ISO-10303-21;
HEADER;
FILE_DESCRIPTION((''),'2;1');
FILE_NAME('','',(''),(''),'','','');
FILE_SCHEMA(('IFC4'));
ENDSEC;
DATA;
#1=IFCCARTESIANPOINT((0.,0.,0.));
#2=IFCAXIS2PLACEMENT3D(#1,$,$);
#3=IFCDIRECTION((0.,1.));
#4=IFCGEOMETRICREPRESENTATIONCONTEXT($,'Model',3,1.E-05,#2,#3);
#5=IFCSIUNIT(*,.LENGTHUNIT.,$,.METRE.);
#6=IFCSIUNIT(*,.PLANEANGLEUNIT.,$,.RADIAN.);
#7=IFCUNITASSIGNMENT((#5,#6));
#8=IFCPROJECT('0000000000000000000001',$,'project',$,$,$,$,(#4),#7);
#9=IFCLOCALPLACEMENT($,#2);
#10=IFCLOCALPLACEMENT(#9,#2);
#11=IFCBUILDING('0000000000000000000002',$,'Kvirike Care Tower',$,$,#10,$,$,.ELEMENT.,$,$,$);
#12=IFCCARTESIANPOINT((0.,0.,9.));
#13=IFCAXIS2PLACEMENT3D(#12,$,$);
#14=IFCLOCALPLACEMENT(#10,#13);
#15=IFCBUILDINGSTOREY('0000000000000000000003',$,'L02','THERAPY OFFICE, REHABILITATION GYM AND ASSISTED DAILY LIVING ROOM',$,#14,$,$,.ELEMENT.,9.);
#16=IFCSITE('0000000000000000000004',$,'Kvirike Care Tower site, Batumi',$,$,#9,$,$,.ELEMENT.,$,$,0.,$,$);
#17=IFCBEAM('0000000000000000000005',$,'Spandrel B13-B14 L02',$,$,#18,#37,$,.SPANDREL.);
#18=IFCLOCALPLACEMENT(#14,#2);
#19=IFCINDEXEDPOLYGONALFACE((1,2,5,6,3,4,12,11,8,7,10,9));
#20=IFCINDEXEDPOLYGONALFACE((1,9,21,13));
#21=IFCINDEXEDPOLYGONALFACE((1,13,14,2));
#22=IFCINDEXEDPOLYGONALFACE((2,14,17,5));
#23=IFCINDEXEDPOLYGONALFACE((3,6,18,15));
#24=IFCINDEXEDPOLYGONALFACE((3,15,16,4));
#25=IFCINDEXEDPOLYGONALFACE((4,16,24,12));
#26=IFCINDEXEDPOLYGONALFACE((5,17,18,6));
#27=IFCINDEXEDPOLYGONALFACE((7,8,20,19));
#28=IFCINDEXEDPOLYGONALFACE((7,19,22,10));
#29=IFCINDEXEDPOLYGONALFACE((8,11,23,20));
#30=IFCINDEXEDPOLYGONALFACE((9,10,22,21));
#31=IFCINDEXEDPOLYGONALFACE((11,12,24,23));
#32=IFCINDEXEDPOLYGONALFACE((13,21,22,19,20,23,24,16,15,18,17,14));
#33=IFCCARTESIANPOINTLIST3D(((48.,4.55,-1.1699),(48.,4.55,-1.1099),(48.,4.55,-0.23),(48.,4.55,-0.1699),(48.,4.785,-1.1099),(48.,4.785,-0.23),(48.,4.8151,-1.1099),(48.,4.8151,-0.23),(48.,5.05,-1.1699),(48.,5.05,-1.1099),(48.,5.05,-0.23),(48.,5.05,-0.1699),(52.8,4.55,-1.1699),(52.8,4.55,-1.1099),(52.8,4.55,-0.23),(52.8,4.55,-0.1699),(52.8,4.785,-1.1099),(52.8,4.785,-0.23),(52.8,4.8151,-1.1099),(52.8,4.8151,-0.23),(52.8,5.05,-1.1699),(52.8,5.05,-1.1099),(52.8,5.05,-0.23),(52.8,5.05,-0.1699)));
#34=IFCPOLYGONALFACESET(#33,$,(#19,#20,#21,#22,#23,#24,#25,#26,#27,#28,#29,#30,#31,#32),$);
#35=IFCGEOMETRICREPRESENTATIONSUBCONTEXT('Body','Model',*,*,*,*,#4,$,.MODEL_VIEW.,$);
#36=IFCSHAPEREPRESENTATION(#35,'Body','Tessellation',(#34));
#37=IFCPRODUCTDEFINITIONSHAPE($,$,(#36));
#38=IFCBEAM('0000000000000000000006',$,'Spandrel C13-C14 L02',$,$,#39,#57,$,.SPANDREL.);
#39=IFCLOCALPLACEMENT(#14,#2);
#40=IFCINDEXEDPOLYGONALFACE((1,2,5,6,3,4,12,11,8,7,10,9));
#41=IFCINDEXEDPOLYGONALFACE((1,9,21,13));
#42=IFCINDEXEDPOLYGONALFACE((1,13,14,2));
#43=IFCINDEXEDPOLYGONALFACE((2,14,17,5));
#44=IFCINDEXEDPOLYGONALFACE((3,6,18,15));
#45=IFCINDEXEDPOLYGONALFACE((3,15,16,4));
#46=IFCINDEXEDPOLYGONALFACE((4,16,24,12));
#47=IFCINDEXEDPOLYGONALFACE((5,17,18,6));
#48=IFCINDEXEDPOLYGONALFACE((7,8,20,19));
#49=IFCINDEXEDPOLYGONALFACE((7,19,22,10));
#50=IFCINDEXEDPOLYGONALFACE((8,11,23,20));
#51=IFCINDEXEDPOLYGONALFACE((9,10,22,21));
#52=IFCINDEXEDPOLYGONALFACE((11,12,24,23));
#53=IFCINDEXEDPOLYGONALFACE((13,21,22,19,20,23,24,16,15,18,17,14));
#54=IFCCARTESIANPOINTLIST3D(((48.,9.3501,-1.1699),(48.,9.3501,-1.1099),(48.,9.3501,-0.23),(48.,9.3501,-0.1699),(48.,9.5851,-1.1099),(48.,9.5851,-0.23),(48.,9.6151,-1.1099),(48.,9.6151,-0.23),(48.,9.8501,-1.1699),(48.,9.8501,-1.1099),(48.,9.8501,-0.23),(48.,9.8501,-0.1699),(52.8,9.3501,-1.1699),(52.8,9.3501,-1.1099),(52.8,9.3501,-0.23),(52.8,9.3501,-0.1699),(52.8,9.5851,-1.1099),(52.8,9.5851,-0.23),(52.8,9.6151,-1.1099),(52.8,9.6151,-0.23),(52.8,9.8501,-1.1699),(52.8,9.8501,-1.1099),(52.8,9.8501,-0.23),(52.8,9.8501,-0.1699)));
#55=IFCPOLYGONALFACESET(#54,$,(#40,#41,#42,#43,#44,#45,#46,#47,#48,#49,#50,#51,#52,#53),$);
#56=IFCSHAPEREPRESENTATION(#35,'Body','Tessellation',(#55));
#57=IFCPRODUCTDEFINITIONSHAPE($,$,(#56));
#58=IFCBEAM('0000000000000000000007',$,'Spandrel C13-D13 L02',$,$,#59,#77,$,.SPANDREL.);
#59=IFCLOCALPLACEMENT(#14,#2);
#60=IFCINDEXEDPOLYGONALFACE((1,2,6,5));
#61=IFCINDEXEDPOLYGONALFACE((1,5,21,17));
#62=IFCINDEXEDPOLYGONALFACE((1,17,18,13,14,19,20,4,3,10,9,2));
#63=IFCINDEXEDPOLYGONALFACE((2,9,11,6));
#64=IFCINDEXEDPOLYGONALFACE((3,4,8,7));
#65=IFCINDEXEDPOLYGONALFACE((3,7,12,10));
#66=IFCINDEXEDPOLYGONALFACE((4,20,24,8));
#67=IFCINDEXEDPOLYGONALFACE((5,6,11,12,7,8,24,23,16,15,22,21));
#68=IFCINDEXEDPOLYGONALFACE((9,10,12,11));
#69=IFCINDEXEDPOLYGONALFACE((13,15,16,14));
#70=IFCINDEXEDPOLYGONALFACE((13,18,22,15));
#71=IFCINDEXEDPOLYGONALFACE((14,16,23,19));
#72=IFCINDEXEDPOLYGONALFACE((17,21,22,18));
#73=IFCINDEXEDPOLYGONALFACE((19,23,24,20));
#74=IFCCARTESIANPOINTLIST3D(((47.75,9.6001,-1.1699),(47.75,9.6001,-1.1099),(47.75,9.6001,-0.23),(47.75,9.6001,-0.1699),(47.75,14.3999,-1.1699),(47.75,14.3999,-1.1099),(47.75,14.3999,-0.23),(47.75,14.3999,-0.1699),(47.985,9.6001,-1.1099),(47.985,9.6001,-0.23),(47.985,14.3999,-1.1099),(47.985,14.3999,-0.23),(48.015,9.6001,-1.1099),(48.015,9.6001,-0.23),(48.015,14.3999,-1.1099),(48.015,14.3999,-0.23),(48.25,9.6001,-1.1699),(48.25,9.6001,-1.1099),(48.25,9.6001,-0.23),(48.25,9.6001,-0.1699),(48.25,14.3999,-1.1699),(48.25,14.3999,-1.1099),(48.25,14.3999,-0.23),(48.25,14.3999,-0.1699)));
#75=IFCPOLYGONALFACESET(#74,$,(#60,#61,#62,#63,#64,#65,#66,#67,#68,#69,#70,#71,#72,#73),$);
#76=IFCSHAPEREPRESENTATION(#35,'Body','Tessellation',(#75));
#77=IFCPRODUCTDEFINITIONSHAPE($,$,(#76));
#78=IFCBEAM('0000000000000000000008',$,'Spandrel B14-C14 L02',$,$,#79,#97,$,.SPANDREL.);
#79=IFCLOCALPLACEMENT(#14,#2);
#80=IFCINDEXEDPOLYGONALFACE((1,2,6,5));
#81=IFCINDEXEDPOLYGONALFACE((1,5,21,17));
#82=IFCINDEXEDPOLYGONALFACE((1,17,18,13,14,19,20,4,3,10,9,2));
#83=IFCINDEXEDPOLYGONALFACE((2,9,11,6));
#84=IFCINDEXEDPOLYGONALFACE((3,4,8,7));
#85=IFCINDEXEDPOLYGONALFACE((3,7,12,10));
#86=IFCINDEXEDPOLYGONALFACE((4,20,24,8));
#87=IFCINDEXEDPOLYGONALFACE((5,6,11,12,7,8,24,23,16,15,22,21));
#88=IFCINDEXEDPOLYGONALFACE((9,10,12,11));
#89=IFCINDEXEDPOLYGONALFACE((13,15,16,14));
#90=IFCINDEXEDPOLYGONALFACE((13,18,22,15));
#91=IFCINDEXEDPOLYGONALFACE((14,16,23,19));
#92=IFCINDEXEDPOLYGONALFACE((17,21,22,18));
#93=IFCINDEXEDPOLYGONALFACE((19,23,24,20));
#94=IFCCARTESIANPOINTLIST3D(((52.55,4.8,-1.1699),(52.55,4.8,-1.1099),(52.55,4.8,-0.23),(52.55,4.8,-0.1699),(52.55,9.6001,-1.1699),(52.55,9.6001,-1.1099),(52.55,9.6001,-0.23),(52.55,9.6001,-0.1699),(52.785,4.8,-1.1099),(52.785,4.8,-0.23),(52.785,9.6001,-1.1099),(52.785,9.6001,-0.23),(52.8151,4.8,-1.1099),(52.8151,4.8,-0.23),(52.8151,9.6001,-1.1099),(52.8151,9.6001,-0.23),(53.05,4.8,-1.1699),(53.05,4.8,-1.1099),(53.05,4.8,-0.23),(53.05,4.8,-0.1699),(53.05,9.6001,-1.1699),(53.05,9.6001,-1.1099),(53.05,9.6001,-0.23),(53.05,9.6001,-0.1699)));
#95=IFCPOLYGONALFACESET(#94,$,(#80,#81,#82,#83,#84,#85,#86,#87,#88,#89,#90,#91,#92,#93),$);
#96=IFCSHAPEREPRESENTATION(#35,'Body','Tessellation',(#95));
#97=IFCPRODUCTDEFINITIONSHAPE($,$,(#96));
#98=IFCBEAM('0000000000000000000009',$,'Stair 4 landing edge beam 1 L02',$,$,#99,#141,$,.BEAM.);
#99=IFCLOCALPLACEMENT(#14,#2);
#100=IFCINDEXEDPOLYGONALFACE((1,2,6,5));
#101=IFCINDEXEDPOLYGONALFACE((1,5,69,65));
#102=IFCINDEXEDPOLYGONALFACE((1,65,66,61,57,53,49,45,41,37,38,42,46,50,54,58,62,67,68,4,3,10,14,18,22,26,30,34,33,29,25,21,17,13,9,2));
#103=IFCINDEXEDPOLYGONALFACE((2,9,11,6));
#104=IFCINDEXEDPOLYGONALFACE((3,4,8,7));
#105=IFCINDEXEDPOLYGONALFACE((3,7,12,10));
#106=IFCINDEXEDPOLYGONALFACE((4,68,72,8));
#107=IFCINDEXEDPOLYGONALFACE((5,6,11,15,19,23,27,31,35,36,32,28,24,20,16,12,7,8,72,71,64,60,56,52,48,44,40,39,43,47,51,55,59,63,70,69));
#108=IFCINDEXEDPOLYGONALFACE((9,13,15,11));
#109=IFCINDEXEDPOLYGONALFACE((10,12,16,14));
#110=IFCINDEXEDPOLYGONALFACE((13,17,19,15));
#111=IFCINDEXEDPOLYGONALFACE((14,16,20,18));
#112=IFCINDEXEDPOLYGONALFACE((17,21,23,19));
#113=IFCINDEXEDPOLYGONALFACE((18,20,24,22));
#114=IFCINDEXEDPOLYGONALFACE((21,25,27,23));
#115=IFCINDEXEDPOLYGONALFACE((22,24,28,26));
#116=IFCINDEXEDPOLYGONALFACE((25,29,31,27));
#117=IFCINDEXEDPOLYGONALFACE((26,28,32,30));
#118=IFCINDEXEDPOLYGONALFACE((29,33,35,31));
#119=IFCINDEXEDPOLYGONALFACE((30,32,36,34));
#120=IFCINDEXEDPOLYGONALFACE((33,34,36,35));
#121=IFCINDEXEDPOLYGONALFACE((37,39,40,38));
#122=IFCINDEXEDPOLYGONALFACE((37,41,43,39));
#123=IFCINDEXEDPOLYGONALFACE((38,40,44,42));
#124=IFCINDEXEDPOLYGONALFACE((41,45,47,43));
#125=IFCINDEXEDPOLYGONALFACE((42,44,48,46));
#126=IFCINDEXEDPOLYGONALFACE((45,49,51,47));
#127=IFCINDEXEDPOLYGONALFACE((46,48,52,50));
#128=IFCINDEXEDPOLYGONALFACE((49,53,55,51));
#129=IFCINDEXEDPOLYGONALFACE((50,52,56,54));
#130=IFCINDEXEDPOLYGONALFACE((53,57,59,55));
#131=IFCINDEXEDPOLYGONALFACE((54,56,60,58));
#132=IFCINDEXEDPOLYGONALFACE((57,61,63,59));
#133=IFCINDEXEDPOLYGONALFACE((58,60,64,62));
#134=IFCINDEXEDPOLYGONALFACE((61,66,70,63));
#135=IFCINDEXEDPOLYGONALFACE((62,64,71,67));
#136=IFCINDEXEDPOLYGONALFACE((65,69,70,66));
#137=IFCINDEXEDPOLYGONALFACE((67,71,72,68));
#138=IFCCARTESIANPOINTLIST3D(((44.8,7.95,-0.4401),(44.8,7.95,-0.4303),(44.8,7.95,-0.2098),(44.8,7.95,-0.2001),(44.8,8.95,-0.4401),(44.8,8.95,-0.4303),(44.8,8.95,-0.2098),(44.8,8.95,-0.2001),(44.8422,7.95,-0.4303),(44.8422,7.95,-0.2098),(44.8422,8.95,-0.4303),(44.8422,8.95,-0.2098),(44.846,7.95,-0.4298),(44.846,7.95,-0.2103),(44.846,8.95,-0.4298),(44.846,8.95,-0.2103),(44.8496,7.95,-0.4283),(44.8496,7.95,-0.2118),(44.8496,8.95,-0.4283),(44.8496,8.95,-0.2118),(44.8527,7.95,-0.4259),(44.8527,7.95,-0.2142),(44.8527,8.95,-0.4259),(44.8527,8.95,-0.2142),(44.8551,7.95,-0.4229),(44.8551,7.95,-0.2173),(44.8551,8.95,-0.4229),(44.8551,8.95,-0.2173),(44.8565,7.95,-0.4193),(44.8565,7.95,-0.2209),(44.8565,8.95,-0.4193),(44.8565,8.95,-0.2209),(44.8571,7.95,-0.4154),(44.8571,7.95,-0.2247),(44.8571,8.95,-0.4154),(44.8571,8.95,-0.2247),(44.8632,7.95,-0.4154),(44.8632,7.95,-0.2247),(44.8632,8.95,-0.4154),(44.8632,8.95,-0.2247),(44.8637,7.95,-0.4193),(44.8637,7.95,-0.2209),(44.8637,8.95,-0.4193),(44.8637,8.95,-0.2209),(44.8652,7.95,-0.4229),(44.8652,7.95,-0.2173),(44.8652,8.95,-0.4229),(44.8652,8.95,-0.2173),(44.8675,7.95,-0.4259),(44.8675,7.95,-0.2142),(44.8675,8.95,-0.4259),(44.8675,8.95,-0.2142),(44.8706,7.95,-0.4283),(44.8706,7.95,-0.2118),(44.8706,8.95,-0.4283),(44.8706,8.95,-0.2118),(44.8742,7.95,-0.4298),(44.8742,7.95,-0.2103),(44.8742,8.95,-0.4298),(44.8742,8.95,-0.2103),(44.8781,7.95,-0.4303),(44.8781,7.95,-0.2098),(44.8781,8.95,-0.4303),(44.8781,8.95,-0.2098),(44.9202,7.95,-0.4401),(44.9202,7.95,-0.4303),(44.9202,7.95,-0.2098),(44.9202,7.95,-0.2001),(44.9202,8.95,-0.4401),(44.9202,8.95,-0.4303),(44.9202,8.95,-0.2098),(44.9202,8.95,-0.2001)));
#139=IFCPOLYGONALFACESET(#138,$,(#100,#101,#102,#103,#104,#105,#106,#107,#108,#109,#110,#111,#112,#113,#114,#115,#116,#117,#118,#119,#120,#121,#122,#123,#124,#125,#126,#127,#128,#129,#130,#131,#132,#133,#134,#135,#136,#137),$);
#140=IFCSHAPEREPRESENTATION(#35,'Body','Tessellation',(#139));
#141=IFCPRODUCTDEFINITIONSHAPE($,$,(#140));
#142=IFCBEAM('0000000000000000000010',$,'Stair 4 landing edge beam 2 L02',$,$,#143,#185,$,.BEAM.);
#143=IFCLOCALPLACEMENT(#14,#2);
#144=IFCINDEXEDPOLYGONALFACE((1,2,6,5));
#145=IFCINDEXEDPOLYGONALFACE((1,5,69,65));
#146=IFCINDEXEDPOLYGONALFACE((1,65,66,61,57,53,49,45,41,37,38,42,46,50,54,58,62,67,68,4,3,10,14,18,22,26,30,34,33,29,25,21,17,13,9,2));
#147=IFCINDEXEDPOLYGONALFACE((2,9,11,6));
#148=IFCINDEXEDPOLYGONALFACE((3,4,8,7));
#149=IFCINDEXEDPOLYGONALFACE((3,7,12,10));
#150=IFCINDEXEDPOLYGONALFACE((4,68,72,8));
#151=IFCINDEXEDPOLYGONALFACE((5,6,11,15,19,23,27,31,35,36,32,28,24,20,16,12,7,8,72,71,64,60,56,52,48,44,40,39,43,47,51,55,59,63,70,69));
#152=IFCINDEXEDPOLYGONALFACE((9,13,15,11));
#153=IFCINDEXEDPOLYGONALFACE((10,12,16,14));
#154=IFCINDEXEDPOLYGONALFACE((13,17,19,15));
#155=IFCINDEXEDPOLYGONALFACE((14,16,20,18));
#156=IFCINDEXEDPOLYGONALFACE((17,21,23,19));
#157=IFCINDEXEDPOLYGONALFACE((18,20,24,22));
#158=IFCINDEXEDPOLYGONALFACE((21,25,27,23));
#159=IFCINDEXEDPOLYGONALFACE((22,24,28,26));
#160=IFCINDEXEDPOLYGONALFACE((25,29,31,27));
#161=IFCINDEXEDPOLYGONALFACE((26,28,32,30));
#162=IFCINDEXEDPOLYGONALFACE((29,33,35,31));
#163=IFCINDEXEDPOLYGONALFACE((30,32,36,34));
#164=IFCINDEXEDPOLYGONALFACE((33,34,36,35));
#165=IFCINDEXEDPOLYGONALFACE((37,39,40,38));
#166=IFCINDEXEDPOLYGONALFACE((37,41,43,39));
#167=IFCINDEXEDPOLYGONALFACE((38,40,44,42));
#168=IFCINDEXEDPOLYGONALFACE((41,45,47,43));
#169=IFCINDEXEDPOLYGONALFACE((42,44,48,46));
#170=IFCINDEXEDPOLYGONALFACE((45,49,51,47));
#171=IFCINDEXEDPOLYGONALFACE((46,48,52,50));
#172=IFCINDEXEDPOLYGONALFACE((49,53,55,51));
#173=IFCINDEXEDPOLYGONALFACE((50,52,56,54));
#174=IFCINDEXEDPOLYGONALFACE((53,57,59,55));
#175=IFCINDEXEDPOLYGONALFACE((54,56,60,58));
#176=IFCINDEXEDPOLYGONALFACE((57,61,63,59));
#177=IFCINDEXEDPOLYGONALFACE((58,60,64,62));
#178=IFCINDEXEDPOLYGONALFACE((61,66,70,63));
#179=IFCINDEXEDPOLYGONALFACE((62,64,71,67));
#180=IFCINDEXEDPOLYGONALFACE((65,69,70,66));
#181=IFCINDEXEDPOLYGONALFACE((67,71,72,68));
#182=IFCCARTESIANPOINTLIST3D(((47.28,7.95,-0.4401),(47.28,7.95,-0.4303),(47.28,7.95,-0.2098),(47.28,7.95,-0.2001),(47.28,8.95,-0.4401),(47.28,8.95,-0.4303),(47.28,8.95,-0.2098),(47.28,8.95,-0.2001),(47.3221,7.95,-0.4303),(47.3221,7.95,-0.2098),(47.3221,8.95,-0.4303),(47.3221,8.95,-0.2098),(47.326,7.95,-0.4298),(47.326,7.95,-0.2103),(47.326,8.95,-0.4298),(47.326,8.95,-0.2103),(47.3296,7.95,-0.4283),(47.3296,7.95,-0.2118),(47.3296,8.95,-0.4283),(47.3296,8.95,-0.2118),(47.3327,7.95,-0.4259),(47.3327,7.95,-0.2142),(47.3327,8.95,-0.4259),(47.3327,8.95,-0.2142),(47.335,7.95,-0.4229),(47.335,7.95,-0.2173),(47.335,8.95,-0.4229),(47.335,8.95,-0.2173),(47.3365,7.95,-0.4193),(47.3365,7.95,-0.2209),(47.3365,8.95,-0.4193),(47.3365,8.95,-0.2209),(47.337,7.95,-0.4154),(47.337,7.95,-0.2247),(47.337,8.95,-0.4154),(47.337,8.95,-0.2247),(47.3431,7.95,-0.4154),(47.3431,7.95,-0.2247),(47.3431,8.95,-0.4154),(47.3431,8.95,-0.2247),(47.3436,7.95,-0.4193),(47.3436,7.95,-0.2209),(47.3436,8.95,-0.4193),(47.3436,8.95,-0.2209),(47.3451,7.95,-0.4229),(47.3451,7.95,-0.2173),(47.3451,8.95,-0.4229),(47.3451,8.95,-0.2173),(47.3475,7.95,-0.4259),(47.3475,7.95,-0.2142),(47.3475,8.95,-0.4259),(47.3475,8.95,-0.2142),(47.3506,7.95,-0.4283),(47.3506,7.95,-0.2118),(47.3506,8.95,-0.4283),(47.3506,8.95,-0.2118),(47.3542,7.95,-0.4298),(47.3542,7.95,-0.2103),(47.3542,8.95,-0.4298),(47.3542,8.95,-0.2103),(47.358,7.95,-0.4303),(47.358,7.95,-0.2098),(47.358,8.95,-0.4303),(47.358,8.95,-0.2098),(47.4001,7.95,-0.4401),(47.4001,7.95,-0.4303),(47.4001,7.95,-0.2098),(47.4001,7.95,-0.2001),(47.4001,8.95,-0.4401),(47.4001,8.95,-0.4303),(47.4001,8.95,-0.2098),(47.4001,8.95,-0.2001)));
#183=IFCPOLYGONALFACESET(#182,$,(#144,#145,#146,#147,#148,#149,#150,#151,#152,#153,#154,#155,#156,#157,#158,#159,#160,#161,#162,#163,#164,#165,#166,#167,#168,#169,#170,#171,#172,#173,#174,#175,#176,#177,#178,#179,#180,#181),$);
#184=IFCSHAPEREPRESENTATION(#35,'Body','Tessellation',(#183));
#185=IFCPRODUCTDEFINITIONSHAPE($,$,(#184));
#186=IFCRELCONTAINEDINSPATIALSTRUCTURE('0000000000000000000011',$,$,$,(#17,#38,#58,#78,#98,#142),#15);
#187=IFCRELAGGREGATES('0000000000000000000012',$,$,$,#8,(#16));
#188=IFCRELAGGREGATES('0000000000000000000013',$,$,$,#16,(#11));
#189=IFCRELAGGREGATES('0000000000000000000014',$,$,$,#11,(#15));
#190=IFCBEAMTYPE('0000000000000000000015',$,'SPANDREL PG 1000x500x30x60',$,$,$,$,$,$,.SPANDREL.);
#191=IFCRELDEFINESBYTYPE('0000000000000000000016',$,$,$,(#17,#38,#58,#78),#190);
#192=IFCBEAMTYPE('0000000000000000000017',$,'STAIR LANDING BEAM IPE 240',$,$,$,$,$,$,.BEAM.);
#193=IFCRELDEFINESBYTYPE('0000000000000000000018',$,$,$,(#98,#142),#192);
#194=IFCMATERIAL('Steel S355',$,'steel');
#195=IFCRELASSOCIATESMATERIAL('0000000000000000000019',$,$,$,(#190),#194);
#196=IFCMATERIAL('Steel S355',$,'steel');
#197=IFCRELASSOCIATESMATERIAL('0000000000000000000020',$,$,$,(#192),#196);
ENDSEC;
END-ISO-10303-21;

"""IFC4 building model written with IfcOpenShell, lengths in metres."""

from ifc_helpers import new_model, si_unit, direction, frame, origin, origin_2d, place, context, subcontext, project, spatial, i_section, extrude, material, material_profile, profile_set, type_object, element, save


model = new_model("IFC4")

# Units and contexts
model_context = context("Model", 3, precision=1e-05, world=origin(), true_north=direction((0.0, 1.0)))
body_context = subcontext(model_context, "Body", "Model", "MODEL_VIEW")
ifc_project = project(units=[si_unit("LENGTHUNIT", "METRE"), si_unit("PLANEANGLEUNIT", "RADIAN")], contexts=[model_context])

# Site, building, storey
site_placement = place(None, origin())
site = spatial("IfcSite", under=ifc_project, at=site_placement, Name="Kvirike Care Tower site, Batumi", CompositionType="ELEMENT", RefElevation=0.0)
building_placement = place(site_placement, origin())
building = spatial("IfcBuilding", under=site, at=building_placement, Name="Kvirike Care Tower", CompositionType="ELEMENT")
storey_placement = place(building_placement, frame((0.0, 0.0, 9.0)))
storey = spatial("IfcBuildingStorey", under=building, at=storey_placement, Name="L02", Description="THERAPY OFFICE, REHABILITATION GYM AND ASSISTED DAILY LIVING ROOM", CompositionType="ELEMENT", Elevation=9.0)

# Beams
ifc_material_1 = material(Name="Steel S355", Category="steel")
ifc_material_profile_1 = material_profile(ifc_material_1, i_section(OverallWidth=0.5, OverallDepth=1.0, WebThickness=0.03, FlangeThickness=0.0601, at=origin_2d()), Name="PG 1000x500x30x60")
ifc_profile_set_1 = profile_set([ifc_material_profile_1], Name="Steel S355")
beam_type_1 = type_object("IfcBeamType", Name="SPANDREL PG 1000x500x30x60", PredefinedType="SPANDREL", material=ifc_profile_set_1)
for number, where, z_axis, x_axis, name in (
    (1, (48.0, 4.8, -0.6699), (1.0, 0.0, 0.0), (0.0, 1.0, 0.0), "Spandrel B13-B14 L02"),
    (2, (48.0, 9.6001, -0.6699), (1.0, 0.0, 0.0), (0.0, 1.0, 0.0), "Spandrel C13-C14 L02"),
):
    element("IfcBeam", number, at=place(storey_placement, frame(where, z_axis=z_axis, x_axis=x_axis)), inside=storey, type_object=beam_type_1, Name=name, PredefinedType="SPANDREL", context=body_context, shape_type="SweptSolid", body=[
        extrude(i_section(OverallWidth=0.5, OverallDepth=1.0, WebThickness=0.03, FlangeThickness=0.0601, at=origin_2d()), origin(), (0.0, 0.0, 1.0), 4.8),
    ])
beam_1_placement = place(storey_placement, frame((48.0, 9.6001, -0.6699), z_axis=(0.0, 1.0, 0.0), x_axis=(-1.0, 0.0, 0.0)))
element("IfcBeam", 3, at=beam_1_placement, inside=storey, type_object=beam_type_1, Name="Spandrel C13-D13 L02", PredefinedType="SPANDREL", context=body_context, shape_type="SweptSolid", body=[
    extrude(i_section(OverallWidth=0.5, OverallDepth=1.0, WebThickness=0.03, FlangeThickness=0.0601, at=origin_2d()), origin(), (0.0, 0.0, 1.0), 4.7998),
])
beam_2_placement = place(storey_placement, frame((52.8, 4.8, -0.6699), z_axis=(0.0, 1.0, 0.0), x_axis=(-1.0, 0.0, 0.0)))
element("IfcBeam", 4, at=beam_2_placement, inside=storey, type_object=beam_type_1, Name="Spandrel B14-C14 L02", PredefinedType="SPANDREL", context=body_context, shape_type="SweptSolid", body=[
    extrude(i_section(OverallWidth=0.5, OverallDepth=1.0, WebThickness=0.03, FlangeThickness=0.0601, at=origin_2d()), origin(), (0.0, 0.0, 1.0), 4.8),
])
ifc_material_2 = material(Name="Steel S355", Category="steel")
ifc_material_profile_2 = material_profile(ifc_material_2, i_section(OverallWidth=0.1201, OverallDepth=0.24, WebThickness=0.0061, FlangeThickness=0.0098, FilletRadius=0.0149, at=origin_2d()), Name="IPE 240")
ifc_profile_set_2 = profile_set([ifc_material_profile_2], Name="Steel S355")
beam_type_2 = type_object("IfcBeamType", Name="STAIR LANDING BEAM IPE 240", PredefinedType="BEAM", material=ifc_profile_set_2)
for number, where, z_axis, x_axis, name in (
    (5, (44.8601, 8.95, -0.3201), (0.0, -1.0, 0.0), (1.0, 0.0, 0.0), "Stair 4 landing edge beam 1 L02"),
    (6, (47.3401, 8.95, -0.3201), (0.0, -1.0, 0.0), (1.0, 0.0, 0.0), "Stair 4 landing edge beam 2 L02"),
):
    element("IfcBeam", number, at=place(storey_placement, frame(where, z_axis=z_axis, x_axis=x_axis)), inside=storey, type_object=beam_type_2, Name=name, PredefinedType="BEAM", context=body_context, shape_type="SweptSolid", body=[
        extrude(i_section(OverallWidth=0.1201, OverallDepth=0.24, WebThickness=0.0061, FlangeThickness=0.0098, FilletRadius=0.0149, at=origin_2d()), origin(), (0.0, 0.0, 1.0), 1.0),
    ])

save(model, "model.ifc")
